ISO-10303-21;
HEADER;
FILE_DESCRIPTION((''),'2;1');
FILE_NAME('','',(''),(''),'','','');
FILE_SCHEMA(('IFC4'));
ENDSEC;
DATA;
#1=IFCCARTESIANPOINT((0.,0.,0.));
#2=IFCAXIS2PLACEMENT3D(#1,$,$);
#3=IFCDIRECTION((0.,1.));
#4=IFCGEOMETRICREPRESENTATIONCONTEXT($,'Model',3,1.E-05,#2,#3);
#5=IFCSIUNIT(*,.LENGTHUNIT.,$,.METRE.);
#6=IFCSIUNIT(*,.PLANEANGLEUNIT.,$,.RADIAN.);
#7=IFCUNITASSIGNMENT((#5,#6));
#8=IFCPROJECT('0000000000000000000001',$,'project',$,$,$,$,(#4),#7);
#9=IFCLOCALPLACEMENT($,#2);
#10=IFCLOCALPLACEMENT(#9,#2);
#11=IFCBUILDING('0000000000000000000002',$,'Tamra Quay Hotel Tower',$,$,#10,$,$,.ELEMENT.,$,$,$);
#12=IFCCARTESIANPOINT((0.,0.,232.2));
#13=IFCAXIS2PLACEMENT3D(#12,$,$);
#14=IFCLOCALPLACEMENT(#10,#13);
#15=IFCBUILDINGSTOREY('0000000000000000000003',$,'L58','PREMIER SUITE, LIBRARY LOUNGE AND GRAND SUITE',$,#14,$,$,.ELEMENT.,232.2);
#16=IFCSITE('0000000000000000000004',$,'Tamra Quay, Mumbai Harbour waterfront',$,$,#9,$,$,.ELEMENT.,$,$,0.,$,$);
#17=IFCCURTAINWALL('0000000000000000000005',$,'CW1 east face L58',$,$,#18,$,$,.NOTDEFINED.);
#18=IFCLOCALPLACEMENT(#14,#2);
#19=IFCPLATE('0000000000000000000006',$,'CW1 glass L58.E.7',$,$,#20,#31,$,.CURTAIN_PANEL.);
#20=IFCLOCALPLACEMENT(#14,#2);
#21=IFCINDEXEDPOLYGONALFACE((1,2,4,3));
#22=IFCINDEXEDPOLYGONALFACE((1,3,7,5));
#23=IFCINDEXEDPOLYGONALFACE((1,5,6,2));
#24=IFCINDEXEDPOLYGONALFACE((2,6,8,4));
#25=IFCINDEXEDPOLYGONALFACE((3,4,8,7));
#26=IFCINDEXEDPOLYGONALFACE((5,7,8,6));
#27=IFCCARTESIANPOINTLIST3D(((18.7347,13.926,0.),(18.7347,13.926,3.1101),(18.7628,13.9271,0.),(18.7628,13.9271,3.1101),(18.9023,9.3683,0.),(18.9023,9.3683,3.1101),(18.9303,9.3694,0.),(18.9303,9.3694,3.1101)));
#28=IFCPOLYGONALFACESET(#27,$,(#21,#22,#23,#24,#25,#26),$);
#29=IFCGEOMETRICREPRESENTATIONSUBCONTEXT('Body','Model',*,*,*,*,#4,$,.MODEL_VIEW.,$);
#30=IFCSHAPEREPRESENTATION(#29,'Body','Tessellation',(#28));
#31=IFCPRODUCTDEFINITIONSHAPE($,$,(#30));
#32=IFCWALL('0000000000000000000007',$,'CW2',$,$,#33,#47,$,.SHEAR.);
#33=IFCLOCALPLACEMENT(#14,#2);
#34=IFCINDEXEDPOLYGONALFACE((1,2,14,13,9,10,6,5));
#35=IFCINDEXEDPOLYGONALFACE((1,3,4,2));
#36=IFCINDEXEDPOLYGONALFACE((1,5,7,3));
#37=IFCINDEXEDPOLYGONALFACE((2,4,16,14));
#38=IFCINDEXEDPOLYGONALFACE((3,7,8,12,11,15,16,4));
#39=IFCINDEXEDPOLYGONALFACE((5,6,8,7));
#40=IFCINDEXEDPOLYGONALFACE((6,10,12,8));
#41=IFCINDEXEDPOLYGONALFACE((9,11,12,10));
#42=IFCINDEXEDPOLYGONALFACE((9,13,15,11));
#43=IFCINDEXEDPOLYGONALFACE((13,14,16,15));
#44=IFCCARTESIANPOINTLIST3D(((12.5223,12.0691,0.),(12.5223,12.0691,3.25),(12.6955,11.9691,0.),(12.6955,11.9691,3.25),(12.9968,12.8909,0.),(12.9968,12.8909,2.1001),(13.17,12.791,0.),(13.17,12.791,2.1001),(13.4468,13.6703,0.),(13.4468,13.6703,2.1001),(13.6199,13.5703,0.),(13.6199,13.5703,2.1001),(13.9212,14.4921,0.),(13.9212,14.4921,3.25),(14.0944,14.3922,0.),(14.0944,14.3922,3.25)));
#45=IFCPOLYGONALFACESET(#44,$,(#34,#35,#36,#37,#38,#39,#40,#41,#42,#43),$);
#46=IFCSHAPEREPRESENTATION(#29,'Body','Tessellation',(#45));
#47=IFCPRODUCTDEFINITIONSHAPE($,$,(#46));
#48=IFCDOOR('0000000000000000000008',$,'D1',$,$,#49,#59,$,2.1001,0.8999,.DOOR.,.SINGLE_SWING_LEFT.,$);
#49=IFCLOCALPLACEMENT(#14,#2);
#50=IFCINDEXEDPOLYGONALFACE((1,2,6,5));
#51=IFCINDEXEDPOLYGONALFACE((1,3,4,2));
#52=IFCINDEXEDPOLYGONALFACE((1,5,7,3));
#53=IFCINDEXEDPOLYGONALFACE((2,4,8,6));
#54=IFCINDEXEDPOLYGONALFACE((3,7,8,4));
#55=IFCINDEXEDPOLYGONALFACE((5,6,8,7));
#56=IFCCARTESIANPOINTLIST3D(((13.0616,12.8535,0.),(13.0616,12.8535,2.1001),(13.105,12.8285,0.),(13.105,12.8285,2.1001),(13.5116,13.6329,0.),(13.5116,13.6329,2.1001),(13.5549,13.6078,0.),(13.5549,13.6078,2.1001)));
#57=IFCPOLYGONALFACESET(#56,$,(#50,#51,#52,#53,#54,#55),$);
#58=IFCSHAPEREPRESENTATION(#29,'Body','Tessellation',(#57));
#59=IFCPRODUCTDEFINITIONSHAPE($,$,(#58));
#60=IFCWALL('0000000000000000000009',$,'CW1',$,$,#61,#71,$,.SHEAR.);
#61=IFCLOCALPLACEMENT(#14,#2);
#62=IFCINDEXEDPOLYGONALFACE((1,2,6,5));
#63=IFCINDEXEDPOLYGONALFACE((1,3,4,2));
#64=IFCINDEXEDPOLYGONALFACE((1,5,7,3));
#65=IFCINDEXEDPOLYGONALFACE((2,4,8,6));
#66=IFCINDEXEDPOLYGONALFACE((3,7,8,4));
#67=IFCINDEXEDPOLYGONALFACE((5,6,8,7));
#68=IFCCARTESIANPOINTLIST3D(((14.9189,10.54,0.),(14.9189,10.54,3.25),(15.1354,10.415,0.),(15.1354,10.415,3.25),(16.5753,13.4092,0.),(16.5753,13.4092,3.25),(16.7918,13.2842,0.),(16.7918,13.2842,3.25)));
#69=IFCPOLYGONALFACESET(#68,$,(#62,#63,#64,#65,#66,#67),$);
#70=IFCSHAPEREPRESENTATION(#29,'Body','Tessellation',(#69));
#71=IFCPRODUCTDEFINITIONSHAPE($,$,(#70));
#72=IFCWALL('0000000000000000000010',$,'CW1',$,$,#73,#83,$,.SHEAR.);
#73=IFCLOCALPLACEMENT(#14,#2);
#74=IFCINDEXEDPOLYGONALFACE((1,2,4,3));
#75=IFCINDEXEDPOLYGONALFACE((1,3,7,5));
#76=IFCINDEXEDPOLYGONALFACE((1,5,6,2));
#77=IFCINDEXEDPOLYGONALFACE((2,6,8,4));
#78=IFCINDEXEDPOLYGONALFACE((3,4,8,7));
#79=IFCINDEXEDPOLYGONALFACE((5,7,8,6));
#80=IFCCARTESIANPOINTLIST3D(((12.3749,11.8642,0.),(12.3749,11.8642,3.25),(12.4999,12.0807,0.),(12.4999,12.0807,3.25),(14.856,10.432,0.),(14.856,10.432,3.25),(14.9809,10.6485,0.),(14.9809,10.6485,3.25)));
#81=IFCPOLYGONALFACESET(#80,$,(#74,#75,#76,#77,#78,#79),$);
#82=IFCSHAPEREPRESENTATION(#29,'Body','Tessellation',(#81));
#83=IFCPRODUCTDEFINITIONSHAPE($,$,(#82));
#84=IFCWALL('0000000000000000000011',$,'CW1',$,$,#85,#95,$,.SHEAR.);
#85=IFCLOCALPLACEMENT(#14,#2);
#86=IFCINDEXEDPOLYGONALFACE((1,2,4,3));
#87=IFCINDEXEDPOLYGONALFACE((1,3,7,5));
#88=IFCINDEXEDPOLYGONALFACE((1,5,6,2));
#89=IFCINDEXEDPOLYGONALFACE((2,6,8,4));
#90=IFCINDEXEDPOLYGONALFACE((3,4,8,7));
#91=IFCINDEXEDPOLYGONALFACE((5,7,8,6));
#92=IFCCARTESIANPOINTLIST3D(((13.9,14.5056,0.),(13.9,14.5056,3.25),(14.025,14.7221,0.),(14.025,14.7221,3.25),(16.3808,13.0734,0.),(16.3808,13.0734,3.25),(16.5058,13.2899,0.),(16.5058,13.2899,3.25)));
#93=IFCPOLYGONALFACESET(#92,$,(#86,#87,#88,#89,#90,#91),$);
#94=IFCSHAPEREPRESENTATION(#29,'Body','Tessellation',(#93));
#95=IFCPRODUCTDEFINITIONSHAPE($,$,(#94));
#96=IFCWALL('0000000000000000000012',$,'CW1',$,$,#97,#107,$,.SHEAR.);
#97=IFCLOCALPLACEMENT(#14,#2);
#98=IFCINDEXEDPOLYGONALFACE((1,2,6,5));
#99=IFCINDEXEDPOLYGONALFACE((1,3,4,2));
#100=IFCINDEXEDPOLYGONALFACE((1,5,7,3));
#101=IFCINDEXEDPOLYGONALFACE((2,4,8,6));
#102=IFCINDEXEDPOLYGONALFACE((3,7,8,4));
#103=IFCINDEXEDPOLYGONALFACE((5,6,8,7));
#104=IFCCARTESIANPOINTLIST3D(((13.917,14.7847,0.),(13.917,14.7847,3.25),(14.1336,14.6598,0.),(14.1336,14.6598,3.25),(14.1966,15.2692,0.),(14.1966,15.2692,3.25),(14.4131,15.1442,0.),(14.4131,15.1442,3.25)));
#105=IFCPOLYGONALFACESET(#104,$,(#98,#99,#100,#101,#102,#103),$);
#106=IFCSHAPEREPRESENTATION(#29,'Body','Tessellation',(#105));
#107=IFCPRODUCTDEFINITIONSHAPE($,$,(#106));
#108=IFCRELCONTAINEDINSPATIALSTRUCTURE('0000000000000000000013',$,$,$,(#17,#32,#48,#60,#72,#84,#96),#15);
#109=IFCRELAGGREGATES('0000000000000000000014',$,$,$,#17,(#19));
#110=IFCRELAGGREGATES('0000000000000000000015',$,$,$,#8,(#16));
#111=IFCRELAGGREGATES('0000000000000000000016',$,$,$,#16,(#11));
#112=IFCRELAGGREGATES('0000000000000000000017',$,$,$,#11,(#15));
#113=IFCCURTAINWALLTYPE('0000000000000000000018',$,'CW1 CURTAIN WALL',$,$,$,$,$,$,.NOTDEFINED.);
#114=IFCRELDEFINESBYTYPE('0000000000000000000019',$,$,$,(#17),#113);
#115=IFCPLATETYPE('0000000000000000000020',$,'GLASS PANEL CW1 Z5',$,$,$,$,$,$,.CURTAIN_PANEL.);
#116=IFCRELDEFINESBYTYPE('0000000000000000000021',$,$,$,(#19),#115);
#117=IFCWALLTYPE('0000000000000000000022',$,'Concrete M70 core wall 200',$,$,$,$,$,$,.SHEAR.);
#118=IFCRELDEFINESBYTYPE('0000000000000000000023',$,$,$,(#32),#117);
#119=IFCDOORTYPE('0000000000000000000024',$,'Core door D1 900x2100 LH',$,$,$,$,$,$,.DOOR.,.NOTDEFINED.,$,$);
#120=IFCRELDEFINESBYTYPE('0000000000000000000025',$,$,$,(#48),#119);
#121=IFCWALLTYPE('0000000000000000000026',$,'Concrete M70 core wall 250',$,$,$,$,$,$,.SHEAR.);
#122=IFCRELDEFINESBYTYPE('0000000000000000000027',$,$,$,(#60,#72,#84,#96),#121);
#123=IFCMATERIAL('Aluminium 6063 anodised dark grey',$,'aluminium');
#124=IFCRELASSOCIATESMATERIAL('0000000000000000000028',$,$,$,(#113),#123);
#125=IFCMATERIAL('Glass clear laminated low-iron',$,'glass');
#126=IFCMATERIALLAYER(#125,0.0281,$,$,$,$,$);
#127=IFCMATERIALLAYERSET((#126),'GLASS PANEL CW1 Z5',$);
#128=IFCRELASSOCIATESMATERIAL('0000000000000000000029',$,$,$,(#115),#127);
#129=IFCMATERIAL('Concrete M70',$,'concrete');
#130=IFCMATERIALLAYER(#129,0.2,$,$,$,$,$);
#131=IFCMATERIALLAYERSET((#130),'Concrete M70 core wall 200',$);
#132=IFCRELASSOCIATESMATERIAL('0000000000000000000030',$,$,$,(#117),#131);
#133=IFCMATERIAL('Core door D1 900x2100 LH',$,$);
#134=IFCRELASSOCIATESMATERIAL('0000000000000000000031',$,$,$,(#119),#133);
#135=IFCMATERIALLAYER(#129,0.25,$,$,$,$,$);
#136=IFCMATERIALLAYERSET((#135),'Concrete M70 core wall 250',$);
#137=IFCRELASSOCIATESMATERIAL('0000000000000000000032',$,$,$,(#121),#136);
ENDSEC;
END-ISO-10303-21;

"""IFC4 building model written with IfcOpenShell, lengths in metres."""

from ifc_helpers import new_model, si_unit, direction, frame, frame_2d, origin, origin_2d, place, context, subcontext, project, spatial, rectangle, extrude, material, layer, layer_set, type_object, element, fill, aggregate, save


model = new_model("IFC4")

# Units and contexts
model_context = context("Model", 3, precision=1e-05, world=origin(), true_north=direction((0.0, 1.0)))
body_context = subcontext(model_context, "Body", "Model", "MODEL_VIEW")
ifc_project = project(units=[si_unit("LENGTHUNIT", "METRE"), si_unit("PLANEANGLEUNIT", "RADIAN")], contexts=[model_context])

# Site, building, storey
site_placement = place(None, origin())
site = spatial("IfcSite", under=ifc_project, at=site_placement, Name="Tamra Quay, Mumbai Harbour waterfront", CompositionType="ELEMENT", RefElevation=0.0)
building_placement = place(site_placement, origin())
building = spatial("IfcBuilding", under=site, at=building_placement, Name="Tamra Quay Hotel Tower", CompositionType="ELEMENT")
storey_placement = place(building_placement, frame((0.0, 0.0, 232.2)))
storey = spatial("IfcBuildingStorey", under=building, at=storey_placement, Name="L58", Description="PREMIER SUITE, LIBRARY LOUNGE AND GRAND SUITE", CompositionType="ELEMENT", Elevation=232.2)

# Shared definitions
ifc_material_1 = material(Name="Concrete M70", Category="concrete")

# Curtain wall
ifc_material_2 = material(Name="Aluminium 6063 anodised dark grey", Category="aluminium")
curtain_wall_type = type_object("IfcCurtainWallType", Name="CW1 CURTAIN WALL", PredefinedType="NOTDEFINED", material=ifc_material_2)
curtain_wall_placement = place(storey_placement, origin())
curtain_wall = element("IfcCurtainWall", 1, at=curtain_wall_placement, inside=storey, type_object=curtain_wall_type, Name="CW1 east face L58", PredefinedType="NOTDEFINED")

# Plate
ifc_material_3 = material(Name="Glass clear laminated low-iron", Category="glass")
ifc_layer_1 = layer(ifc_material_3, 0.0281)
ifc_layer_set_1 = layer_set([ifc_layer_1], Name="GLASS PANEL CW1 Z5")
plate_type = type_object("IfcPlateType", Name="GLASS PANEL CW1 Z5", PredefinedType="CURTAIN_PANEL", material=ifc_layer_set_1)
plate_1_placement = place(storey_placement, frame((18.8325, 11.6477, 0.0), z_axis=(0.0, 0.0, 1.0), x_axis=(-0.036744, 0.999325, 0.0)))
plate_1 = element("IfcPlate", 2, at=plate_1_placement, type_object=plate_type, Name="CW1 glass L58.E.7", PredefinedType="CURTAIN_PANEL", context=body_context, shape_type="SweptSolid", body=[
    extrude(rectangle(XDim=4.5608, YDim=0.0281, at=origin_2d()), origin(), (0.0, 0.0, 1.0), 3.1101),
])
aggregate(curtain_wall, [plate_1])

# Wall, opening, door
ifc_layer_2 = layer(ifc_material_1, 0.2)
ifc_layer_set_2 = layer_set([ifc_layer_2], Name="Concrete M70 core wall 200")
wall_type_1 = type_object("IfcWallType", Name="Concrete M70 core wall 200", PredefinedType="SHEAR", material=ifc_layer_set_2)
wall_1_placement = place(storey_placement, frame((14.0078, 14.4421, 0.0), z_axis=(0.0, 0.0, 1.0), x_axis=(-0.499987, -0.866033, 0.0)))
wall_1 = element("IfcWall", 3, at=wall_1_placement, inside=storey, type_object=wall_type_1, Name="CW2", PredefinedType="SHEAR", context=body_context, shape_type="SweptSolid", body=[
    extrude(rectangle(XDim=2.7979, YDim=0.2, at=frame_2d((1.3989, 0.0))), origin(), (0.0, 0.0, 1.0), 3.25),
])
opening_placement = place(wall_1_placement, frame((0.949, 0.0, 0.0)))
opening = element("IfcOpeningElement", 4, at=opening_placement, cuts=wall_1, PredefinedType="OPENING", context=body_context, shape_type="SweptSolid", body=[
    extrude(rectangle(XDim=0.8999, YDim=2.1001, at=frame_2d((0.45, 1.05))), frame((0.0, 0.1099, 0.0), z_axis=(0.0, -1.0, 0.0), x_axis=(1.0, 0.0, 0.0)), (0.0, 0.0, 1.0), 0.22),
])
ifc_material_4 = material(Name="Core door D1 900x2100 LH")
door_type = type_object("IfcDoorType", Name="Core door D1 900x2100 LH", OperationType="NOTDEFINED", PredefinedType="DOOR", material=ifc_material_4)
door_placement = place(opening_placement, origin())
door = element("IfcDoor", 5, at=door_placement, inside=storey, type_object=door_type, Name="D1", OperationType="SINGLE_SWING_LEFT", OverallHeight=2.1001, OverallWidth=0.8999, PredefinedType="DOOR", context=body_context, shape_type="SweptSolid", body=[
    extrude(rectangle(XDim=0.8999, YDim=2.1001, at=frame_2d((0.45, 1.05))), frame((0.0, 0.0249, 0.0), z_axis=(0.0, -1.0, 0.0), x_axis=(1.0, 0.0, 0.0)), (0.0, 0.0, 1.0), 0.05),
])
fill(opening, door)

# Walls
ifc_layer_3 = layer(ifc_material_1, 0.25)
ifc_layer_set_3 = layer_set([ifc_layer_3], Name="Concrete M70 core wall 250")
wall_type_2 = type_object("IfcWallType", Name="Concrete M70 core wall 250", PredefinedType="SHEAR", material=ifc_layer_set_3)
wall_2_placement = place(storey_placement, frame((16.6836, 13.3467, 0.0), z_axis=(0.0, 0.0, 1.0), x_axis=(-0.499999, -0.866026, 0.0)))
element("IfcWall", 6, at=wall_2_placement, inside=storey, type_object=wall_type_2, Name="CW1", PredefinedType="SHEAR", context=body_context, shape_type="SweptSolid", body=[
    extrude(rectangle(XDim=3.313, YDim=0.25, at=frame_2d((1.6565, 0.0))), origin(), (0.0, 0.0, 1.0), 3.25),
])
wall_3_placement = place(storey_placement, frame((14.9185, 10.5403, 0.0), z_axis=(0.0, 0.0, 1.0), x_axis=(-0.866064, 0.499934, 0.0)))
element("IfcWall", 7, at=wall_3_placement, inside=storey, type_object=wall_type_2, Name="CW1", PredefinedType="SHEAR", context=body_context, shape_type="SweptSolid", body=[
    extrude(rectangle(XDim=2.8647, YDim=0.25, at=frame_2d((1.4324, 0.0))), origin(), (0.0, 0.0, 1.0), 3.25),
])
wall_4_placement = place(storey_placement, frame((13.9626, 14.6138, 0.0), z_axis=(0.0, 0.0, 1.0), x_axis=(0.866042, -0.499971, 0.0)))
element("IfcWall", 8, at=wall_4_placement, inside=storey, type_object=wall_type_2, Name="CW1", PredefinedType="SHEAR", context=body_context, shape_type="SweptSolid", body=[
    extrude(rectangle(XDim=2.8645, YDim=0.25, at=frame_2d((1.4321, 0.0))), origin(), (0.0, 0.0, 1.0), 3.25),
])
wall_5_placement = place(storey_placement, frame((14.3049, 15.2068, 0.0), z_axis=(0.0, 0.0, 1.0), x_axis=(-0.499848, -0.866113, 0.0)))
element("IfcWall", 9, at=wall_5_placement, inside=storey, type_object=wall_type_2, Name="CW1", PredefinedType="SHEAR", context=body_context, shape_type="SweptSolid", body=[
    extrude(rectangle(XDim=0.5593, YDim=0.25, at=frame_2d((0.2798, 0.0))), origin(), (0.0, 0.0, 1.0), 3.25),
])

save(model, "model.ifc")
